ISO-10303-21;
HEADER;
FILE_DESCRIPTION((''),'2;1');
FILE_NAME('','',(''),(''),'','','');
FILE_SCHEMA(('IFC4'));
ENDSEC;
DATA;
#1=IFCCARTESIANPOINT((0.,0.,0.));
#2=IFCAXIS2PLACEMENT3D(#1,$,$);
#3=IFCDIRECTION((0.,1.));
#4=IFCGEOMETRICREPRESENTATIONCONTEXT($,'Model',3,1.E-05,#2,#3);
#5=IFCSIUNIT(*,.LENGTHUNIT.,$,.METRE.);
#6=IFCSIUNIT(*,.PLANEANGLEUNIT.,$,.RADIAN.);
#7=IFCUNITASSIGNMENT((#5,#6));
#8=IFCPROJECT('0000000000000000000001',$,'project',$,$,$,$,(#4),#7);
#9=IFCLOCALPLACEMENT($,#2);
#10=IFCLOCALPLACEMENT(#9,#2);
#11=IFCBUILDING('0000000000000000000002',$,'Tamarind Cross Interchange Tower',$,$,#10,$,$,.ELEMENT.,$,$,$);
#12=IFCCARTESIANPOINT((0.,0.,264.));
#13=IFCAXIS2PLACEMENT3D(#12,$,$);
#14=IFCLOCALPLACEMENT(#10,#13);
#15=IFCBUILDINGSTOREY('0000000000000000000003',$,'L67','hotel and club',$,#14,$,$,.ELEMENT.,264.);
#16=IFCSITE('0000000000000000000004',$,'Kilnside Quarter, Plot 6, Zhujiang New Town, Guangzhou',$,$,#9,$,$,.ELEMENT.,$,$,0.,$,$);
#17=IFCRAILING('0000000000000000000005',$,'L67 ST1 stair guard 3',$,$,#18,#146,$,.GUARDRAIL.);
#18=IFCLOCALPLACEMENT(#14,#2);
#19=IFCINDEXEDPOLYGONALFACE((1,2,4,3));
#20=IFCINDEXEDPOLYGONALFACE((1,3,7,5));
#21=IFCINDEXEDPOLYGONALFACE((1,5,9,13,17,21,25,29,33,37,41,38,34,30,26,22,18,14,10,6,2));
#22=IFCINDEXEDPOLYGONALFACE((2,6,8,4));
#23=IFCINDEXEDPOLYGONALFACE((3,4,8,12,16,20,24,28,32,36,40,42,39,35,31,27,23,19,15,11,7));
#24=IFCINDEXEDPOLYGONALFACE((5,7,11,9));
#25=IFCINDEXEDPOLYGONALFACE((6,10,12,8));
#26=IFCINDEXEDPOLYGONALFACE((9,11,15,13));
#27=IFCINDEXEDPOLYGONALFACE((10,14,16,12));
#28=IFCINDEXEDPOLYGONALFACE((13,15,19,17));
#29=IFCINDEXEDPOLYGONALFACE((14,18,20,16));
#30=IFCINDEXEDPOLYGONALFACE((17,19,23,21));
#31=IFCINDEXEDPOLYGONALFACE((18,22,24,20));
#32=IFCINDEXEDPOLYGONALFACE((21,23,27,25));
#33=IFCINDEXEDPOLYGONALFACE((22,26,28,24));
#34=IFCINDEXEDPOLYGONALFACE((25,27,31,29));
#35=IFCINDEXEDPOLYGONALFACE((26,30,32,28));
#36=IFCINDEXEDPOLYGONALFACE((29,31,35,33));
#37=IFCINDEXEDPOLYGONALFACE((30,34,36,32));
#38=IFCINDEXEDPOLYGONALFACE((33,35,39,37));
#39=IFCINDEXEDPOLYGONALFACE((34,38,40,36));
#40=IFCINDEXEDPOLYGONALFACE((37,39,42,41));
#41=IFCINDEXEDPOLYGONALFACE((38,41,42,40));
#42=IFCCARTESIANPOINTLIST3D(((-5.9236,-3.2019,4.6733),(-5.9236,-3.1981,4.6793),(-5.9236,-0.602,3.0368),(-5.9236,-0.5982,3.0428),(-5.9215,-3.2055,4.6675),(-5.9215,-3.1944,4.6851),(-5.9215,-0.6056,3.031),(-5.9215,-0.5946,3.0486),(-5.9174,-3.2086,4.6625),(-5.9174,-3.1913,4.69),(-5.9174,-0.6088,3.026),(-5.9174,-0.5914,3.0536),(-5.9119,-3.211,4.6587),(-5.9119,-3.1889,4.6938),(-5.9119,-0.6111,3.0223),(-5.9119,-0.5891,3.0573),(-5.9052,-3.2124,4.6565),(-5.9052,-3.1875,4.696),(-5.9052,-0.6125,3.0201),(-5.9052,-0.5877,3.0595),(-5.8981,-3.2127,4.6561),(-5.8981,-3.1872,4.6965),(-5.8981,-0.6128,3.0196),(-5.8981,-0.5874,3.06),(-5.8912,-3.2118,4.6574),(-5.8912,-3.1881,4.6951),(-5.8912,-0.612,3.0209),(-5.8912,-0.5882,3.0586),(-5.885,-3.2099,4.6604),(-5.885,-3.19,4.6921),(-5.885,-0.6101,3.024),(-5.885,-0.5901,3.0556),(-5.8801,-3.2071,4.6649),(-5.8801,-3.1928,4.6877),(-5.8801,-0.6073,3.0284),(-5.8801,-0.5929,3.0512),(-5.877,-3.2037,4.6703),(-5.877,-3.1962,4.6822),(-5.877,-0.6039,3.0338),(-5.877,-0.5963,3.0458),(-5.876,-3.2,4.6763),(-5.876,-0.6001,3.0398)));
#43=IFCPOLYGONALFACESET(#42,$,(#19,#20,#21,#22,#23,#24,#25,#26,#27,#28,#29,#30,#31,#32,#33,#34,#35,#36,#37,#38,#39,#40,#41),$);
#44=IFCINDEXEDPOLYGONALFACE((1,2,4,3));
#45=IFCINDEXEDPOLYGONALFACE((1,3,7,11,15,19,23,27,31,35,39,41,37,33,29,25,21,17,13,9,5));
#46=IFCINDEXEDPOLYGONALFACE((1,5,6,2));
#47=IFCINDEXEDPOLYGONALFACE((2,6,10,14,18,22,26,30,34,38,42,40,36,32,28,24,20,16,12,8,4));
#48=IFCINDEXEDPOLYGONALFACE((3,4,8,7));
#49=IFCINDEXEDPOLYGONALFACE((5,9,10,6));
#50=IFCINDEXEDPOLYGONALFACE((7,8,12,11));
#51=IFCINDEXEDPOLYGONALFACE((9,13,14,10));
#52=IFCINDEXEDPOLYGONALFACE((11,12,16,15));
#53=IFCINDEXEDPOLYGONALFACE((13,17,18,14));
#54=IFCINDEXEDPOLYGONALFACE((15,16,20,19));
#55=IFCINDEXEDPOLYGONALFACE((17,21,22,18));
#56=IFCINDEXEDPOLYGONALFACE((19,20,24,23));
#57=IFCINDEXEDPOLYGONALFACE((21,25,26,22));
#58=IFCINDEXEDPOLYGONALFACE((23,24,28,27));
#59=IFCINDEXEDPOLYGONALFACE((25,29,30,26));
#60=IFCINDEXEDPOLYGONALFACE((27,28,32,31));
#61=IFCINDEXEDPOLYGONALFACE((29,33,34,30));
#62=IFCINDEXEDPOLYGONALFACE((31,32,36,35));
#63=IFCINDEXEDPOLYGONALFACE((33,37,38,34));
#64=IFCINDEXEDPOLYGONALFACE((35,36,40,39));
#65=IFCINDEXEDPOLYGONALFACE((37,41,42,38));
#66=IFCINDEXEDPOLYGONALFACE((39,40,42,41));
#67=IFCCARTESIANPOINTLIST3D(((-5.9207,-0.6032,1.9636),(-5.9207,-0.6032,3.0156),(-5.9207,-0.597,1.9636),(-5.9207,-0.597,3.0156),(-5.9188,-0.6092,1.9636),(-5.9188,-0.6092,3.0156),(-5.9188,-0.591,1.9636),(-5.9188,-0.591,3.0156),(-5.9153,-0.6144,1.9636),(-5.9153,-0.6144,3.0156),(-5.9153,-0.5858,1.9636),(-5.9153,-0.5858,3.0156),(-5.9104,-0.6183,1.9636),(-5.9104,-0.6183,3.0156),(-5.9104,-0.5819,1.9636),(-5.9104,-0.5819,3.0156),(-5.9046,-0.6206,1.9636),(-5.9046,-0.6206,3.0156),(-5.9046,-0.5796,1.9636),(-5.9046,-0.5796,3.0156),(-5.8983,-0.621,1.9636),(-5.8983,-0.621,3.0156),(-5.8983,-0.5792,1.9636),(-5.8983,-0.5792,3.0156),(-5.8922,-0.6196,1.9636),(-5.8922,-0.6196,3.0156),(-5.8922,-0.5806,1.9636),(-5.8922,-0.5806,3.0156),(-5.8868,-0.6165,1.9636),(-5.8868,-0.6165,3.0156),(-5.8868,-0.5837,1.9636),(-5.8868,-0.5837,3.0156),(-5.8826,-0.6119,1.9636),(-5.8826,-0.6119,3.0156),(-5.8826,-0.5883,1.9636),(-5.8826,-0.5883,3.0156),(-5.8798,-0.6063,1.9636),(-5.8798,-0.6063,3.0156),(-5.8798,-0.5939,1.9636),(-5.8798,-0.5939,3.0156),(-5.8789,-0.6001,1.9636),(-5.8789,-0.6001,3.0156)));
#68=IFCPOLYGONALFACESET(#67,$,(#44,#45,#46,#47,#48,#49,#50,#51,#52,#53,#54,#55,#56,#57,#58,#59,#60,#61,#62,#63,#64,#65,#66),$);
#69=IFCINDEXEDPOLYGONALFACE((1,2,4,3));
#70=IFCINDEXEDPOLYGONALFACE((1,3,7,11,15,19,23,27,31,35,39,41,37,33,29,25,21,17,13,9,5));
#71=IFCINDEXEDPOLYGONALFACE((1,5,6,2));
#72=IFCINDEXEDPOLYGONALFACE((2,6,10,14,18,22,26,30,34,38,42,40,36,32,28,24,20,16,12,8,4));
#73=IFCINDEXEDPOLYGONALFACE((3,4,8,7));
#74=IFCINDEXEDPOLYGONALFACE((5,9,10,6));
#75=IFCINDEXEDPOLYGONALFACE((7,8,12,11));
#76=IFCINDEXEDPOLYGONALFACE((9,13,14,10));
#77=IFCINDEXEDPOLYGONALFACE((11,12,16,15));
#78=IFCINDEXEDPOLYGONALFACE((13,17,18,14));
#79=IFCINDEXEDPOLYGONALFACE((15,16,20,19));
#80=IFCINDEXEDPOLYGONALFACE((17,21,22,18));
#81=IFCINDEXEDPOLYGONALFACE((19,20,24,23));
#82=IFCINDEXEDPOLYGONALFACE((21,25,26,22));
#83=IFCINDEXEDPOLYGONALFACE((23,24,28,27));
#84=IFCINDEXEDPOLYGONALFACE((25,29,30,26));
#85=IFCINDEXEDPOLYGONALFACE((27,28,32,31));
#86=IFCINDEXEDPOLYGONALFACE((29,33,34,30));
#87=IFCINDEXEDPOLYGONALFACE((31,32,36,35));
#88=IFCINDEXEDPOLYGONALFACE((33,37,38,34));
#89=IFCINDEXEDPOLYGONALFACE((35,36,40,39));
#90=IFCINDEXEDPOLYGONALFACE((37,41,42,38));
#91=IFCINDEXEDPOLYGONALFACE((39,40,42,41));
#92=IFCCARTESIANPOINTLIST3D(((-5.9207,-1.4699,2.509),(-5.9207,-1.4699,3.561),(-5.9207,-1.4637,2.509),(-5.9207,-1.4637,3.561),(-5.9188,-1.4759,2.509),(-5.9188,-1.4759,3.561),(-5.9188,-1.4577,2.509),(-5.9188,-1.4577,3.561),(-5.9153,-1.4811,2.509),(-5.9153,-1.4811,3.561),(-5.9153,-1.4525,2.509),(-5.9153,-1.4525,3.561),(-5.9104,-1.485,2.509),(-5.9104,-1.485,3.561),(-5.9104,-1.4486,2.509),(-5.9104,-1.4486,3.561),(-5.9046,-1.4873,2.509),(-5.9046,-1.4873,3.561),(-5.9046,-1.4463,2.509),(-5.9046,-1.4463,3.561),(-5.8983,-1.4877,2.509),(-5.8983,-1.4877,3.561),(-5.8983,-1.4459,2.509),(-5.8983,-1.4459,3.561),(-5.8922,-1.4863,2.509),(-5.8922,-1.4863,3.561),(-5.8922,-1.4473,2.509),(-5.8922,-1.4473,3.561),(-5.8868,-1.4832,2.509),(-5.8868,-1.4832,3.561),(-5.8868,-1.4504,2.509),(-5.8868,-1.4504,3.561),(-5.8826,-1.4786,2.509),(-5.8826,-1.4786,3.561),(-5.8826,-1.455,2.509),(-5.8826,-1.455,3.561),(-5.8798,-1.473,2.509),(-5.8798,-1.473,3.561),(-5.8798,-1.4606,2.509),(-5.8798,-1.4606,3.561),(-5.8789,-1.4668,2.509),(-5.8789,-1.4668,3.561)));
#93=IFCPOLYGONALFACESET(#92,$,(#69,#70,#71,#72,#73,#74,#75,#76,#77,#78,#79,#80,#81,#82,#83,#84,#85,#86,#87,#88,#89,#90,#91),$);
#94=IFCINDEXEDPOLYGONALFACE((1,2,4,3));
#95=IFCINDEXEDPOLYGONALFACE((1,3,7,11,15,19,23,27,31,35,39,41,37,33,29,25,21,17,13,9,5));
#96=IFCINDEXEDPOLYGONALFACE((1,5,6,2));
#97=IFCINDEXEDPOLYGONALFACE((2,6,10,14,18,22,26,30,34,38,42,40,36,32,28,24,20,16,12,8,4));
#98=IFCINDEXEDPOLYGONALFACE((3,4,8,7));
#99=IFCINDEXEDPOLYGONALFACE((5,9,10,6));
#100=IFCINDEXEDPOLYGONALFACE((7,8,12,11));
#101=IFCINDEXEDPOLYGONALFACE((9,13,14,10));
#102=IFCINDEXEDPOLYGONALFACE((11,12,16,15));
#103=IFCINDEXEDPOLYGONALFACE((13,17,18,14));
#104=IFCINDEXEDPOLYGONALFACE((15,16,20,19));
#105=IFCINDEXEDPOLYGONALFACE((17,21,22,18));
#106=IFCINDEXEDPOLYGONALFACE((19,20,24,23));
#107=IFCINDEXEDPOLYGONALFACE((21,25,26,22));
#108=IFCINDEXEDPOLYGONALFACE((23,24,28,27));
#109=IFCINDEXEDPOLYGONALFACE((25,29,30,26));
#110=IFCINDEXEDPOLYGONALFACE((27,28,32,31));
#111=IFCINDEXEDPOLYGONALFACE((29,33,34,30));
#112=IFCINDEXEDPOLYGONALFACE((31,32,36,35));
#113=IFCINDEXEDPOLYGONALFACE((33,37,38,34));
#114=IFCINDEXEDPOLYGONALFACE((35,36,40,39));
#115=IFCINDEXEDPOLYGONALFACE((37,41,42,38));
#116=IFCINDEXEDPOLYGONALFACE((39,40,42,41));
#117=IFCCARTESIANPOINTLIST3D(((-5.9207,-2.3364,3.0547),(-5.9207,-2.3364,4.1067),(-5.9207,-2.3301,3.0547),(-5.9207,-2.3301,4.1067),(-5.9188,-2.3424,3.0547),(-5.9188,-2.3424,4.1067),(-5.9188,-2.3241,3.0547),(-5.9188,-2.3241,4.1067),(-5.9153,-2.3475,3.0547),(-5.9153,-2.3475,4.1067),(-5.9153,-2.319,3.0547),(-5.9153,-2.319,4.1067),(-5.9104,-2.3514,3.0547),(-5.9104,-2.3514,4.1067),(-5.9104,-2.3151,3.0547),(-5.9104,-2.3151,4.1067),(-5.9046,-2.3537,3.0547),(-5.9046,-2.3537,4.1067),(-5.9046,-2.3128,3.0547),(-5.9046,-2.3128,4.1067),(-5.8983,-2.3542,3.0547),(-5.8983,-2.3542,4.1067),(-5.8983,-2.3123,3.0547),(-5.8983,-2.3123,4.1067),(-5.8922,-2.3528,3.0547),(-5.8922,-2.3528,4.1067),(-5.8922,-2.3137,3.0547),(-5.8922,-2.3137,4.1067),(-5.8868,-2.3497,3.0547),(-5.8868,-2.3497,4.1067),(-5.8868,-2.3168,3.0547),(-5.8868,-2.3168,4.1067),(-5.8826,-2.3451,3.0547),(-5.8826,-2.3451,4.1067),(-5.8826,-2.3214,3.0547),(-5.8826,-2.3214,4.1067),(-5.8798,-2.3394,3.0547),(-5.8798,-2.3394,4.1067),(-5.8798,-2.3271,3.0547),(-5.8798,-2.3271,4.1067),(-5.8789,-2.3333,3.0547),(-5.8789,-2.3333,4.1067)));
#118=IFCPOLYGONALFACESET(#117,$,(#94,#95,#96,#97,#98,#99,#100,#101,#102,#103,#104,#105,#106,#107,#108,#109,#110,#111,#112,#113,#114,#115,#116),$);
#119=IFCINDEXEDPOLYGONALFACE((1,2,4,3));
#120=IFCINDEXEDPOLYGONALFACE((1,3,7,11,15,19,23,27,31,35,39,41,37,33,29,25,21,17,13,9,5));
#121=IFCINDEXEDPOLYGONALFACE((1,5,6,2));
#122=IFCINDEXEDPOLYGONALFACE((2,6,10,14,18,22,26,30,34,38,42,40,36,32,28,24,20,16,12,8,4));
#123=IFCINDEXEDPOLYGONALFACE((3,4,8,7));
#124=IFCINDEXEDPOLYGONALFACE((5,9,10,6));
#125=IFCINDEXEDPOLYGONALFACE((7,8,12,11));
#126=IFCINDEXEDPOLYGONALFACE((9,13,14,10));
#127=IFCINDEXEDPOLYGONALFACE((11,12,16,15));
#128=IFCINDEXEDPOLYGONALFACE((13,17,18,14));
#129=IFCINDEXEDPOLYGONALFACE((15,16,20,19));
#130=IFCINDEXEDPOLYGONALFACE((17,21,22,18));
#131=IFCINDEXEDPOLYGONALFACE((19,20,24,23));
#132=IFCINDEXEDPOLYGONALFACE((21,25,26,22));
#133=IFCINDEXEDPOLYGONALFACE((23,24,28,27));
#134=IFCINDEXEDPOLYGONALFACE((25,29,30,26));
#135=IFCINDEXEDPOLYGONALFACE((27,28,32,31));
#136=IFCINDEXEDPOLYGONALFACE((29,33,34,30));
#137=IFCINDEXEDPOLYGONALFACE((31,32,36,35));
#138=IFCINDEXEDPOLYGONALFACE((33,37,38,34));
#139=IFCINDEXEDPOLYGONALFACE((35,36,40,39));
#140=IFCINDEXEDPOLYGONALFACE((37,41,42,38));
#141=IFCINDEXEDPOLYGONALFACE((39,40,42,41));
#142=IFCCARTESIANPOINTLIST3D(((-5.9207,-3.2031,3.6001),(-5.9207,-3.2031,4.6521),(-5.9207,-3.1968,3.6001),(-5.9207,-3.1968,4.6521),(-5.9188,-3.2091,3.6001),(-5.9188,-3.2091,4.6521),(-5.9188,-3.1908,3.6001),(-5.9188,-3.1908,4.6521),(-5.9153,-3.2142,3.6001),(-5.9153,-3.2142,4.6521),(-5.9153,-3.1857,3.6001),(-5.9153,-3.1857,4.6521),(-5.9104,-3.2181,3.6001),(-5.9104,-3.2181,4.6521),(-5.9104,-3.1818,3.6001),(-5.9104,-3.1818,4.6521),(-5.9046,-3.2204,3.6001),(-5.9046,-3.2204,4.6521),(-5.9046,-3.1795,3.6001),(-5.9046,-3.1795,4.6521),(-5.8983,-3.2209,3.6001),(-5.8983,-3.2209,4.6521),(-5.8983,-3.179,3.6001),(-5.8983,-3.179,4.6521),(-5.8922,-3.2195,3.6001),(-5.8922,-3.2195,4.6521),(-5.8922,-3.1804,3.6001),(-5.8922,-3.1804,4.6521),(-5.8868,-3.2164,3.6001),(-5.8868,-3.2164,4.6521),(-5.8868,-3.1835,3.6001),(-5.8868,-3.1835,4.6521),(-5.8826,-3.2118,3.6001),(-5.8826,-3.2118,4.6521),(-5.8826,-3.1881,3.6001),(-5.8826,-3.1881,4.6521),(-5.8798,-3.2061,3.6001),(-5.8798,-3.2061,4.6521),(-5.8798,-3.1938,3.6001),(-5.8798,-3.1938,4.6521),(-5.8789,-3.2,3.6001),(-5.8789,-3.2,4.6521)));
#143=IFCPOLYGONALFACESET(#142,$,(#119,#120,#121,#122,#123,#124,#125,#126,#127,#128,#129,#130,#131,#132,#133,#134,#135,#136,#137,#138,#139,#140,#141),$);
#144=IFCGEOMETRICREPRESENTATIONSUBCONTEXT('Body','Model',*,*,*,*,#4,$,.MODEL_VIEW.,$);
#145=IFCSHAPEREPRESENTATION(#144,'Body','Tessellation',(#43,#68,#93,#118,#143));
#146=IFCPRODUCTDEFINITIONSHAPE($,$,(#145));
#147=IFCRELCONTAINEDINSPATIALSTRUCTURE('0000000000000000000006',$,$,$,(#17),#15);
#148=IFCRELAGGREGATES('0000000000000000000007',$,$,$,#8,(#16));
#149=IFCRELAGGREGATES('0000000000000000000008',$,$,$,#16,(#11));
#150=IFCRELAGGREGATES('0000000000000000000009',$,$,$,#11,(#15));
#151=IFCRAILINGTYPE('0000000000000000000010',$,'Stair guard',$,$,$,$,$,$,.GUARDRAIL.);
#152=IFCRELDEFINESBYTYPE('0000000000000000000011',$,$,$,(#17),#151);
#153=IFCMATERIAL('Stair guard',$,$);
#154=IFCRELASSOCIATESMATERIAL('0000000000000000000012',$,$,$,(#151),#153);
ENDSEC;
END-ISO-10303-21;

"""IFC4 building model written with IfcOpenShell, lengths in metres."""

from ifc_helpers import new_model, si_unit, direction, frame, origin, origin_2d, place, context, subcontext, project, spatial, circle, extrude, material, type_object, element, save


model = new_model("IFC4")

# Units and contexts
model_context = context("Model", 3, precision=1e-05, world=origin(), true_north=direction((0.0, 1.0)))
body_context = subcontext(model_context, "Body", "Model", "MODEL_VIEW")
ifc_project = project(units=[si_unit("LENGTHUNIT", "METRE"), si_unit("PLANEANGLEUNIT", "RADIAN")], contexts=[model_context])

# Site, building, storey
site_placement = place(None, origin())
site = spatial("IfcSite", under=ifc_project, at=site_placement, Name="Kilnside Quarter, Plot 6, Zhujiang New Town, Guangzhou", CompositionType="ELEMENT", RefElevation=0.0)
building_placement = place(site_placement, origin())
building = spatial("IfcBuilding", under=site, at=building_placement, Name="Tamarind Cross Interchange Tower", CompositionType="ELEMENT")
storey_placement = place(building_placement, frame((0.0, 0.0, 264.0)))
storey = spatial("IfcBuildingStorey", under=building, at=storey_placement, Name="L67", Description="hotel and club", CompositionType="ELEMENT", Elevation=264.0)

# Railing
ifc_material_1 = material(Name="Stair guard")
railing_type_1 = type_object("IfcRailingType", Name="Stair guard", PredefinedType="GUARDRAIL", material=ifc_material_1)
railing_1_placement = place(storey_placement, frame((-5.8999, -0.6001, 1.9636)))
element("IfcRailing", 1, at=railing_1_placement, inside=storey, type_object=railing_type_1, Name="L67 ST1 stair guard 3", PredefinedType="GUARDRAIL", context=body_context, shape_type="SweptSolid", body=[
    extrude(circle(Radius=0.0239, at=origin_2d()), frame((0.0, 0.0, 1.0762), z_axis=(0.0, -0.846302, 0.532704), x_axis=(1.0, 0.0, 0.0)), (0.0, 0.0, 1.0), 3.072),
    extrude(circle(Radius=0.021, at=origin_2d()), origin(), (0.0, 0.0, 1.0), 1.052),
    extrude(circle(Radius=0.021, at=origin_2d()), frame((0.0, -0.8667, 0.5454)), (0.0, 0.0, 1.0), 1.052),
    extrude(circle(Radius=0.021, at=origin_2d()), frame((0.0, -1.7332, 1.0911)), (0.0, 0.0, 1.0), 1.052),
    extrude(circle(Radius=0.021, at=origin_2d()), frame((0.0, -2.5999, 1.6365)), (0.0, 0.0, 1.0), 1.052),
])

save(model, "model.ifc")
